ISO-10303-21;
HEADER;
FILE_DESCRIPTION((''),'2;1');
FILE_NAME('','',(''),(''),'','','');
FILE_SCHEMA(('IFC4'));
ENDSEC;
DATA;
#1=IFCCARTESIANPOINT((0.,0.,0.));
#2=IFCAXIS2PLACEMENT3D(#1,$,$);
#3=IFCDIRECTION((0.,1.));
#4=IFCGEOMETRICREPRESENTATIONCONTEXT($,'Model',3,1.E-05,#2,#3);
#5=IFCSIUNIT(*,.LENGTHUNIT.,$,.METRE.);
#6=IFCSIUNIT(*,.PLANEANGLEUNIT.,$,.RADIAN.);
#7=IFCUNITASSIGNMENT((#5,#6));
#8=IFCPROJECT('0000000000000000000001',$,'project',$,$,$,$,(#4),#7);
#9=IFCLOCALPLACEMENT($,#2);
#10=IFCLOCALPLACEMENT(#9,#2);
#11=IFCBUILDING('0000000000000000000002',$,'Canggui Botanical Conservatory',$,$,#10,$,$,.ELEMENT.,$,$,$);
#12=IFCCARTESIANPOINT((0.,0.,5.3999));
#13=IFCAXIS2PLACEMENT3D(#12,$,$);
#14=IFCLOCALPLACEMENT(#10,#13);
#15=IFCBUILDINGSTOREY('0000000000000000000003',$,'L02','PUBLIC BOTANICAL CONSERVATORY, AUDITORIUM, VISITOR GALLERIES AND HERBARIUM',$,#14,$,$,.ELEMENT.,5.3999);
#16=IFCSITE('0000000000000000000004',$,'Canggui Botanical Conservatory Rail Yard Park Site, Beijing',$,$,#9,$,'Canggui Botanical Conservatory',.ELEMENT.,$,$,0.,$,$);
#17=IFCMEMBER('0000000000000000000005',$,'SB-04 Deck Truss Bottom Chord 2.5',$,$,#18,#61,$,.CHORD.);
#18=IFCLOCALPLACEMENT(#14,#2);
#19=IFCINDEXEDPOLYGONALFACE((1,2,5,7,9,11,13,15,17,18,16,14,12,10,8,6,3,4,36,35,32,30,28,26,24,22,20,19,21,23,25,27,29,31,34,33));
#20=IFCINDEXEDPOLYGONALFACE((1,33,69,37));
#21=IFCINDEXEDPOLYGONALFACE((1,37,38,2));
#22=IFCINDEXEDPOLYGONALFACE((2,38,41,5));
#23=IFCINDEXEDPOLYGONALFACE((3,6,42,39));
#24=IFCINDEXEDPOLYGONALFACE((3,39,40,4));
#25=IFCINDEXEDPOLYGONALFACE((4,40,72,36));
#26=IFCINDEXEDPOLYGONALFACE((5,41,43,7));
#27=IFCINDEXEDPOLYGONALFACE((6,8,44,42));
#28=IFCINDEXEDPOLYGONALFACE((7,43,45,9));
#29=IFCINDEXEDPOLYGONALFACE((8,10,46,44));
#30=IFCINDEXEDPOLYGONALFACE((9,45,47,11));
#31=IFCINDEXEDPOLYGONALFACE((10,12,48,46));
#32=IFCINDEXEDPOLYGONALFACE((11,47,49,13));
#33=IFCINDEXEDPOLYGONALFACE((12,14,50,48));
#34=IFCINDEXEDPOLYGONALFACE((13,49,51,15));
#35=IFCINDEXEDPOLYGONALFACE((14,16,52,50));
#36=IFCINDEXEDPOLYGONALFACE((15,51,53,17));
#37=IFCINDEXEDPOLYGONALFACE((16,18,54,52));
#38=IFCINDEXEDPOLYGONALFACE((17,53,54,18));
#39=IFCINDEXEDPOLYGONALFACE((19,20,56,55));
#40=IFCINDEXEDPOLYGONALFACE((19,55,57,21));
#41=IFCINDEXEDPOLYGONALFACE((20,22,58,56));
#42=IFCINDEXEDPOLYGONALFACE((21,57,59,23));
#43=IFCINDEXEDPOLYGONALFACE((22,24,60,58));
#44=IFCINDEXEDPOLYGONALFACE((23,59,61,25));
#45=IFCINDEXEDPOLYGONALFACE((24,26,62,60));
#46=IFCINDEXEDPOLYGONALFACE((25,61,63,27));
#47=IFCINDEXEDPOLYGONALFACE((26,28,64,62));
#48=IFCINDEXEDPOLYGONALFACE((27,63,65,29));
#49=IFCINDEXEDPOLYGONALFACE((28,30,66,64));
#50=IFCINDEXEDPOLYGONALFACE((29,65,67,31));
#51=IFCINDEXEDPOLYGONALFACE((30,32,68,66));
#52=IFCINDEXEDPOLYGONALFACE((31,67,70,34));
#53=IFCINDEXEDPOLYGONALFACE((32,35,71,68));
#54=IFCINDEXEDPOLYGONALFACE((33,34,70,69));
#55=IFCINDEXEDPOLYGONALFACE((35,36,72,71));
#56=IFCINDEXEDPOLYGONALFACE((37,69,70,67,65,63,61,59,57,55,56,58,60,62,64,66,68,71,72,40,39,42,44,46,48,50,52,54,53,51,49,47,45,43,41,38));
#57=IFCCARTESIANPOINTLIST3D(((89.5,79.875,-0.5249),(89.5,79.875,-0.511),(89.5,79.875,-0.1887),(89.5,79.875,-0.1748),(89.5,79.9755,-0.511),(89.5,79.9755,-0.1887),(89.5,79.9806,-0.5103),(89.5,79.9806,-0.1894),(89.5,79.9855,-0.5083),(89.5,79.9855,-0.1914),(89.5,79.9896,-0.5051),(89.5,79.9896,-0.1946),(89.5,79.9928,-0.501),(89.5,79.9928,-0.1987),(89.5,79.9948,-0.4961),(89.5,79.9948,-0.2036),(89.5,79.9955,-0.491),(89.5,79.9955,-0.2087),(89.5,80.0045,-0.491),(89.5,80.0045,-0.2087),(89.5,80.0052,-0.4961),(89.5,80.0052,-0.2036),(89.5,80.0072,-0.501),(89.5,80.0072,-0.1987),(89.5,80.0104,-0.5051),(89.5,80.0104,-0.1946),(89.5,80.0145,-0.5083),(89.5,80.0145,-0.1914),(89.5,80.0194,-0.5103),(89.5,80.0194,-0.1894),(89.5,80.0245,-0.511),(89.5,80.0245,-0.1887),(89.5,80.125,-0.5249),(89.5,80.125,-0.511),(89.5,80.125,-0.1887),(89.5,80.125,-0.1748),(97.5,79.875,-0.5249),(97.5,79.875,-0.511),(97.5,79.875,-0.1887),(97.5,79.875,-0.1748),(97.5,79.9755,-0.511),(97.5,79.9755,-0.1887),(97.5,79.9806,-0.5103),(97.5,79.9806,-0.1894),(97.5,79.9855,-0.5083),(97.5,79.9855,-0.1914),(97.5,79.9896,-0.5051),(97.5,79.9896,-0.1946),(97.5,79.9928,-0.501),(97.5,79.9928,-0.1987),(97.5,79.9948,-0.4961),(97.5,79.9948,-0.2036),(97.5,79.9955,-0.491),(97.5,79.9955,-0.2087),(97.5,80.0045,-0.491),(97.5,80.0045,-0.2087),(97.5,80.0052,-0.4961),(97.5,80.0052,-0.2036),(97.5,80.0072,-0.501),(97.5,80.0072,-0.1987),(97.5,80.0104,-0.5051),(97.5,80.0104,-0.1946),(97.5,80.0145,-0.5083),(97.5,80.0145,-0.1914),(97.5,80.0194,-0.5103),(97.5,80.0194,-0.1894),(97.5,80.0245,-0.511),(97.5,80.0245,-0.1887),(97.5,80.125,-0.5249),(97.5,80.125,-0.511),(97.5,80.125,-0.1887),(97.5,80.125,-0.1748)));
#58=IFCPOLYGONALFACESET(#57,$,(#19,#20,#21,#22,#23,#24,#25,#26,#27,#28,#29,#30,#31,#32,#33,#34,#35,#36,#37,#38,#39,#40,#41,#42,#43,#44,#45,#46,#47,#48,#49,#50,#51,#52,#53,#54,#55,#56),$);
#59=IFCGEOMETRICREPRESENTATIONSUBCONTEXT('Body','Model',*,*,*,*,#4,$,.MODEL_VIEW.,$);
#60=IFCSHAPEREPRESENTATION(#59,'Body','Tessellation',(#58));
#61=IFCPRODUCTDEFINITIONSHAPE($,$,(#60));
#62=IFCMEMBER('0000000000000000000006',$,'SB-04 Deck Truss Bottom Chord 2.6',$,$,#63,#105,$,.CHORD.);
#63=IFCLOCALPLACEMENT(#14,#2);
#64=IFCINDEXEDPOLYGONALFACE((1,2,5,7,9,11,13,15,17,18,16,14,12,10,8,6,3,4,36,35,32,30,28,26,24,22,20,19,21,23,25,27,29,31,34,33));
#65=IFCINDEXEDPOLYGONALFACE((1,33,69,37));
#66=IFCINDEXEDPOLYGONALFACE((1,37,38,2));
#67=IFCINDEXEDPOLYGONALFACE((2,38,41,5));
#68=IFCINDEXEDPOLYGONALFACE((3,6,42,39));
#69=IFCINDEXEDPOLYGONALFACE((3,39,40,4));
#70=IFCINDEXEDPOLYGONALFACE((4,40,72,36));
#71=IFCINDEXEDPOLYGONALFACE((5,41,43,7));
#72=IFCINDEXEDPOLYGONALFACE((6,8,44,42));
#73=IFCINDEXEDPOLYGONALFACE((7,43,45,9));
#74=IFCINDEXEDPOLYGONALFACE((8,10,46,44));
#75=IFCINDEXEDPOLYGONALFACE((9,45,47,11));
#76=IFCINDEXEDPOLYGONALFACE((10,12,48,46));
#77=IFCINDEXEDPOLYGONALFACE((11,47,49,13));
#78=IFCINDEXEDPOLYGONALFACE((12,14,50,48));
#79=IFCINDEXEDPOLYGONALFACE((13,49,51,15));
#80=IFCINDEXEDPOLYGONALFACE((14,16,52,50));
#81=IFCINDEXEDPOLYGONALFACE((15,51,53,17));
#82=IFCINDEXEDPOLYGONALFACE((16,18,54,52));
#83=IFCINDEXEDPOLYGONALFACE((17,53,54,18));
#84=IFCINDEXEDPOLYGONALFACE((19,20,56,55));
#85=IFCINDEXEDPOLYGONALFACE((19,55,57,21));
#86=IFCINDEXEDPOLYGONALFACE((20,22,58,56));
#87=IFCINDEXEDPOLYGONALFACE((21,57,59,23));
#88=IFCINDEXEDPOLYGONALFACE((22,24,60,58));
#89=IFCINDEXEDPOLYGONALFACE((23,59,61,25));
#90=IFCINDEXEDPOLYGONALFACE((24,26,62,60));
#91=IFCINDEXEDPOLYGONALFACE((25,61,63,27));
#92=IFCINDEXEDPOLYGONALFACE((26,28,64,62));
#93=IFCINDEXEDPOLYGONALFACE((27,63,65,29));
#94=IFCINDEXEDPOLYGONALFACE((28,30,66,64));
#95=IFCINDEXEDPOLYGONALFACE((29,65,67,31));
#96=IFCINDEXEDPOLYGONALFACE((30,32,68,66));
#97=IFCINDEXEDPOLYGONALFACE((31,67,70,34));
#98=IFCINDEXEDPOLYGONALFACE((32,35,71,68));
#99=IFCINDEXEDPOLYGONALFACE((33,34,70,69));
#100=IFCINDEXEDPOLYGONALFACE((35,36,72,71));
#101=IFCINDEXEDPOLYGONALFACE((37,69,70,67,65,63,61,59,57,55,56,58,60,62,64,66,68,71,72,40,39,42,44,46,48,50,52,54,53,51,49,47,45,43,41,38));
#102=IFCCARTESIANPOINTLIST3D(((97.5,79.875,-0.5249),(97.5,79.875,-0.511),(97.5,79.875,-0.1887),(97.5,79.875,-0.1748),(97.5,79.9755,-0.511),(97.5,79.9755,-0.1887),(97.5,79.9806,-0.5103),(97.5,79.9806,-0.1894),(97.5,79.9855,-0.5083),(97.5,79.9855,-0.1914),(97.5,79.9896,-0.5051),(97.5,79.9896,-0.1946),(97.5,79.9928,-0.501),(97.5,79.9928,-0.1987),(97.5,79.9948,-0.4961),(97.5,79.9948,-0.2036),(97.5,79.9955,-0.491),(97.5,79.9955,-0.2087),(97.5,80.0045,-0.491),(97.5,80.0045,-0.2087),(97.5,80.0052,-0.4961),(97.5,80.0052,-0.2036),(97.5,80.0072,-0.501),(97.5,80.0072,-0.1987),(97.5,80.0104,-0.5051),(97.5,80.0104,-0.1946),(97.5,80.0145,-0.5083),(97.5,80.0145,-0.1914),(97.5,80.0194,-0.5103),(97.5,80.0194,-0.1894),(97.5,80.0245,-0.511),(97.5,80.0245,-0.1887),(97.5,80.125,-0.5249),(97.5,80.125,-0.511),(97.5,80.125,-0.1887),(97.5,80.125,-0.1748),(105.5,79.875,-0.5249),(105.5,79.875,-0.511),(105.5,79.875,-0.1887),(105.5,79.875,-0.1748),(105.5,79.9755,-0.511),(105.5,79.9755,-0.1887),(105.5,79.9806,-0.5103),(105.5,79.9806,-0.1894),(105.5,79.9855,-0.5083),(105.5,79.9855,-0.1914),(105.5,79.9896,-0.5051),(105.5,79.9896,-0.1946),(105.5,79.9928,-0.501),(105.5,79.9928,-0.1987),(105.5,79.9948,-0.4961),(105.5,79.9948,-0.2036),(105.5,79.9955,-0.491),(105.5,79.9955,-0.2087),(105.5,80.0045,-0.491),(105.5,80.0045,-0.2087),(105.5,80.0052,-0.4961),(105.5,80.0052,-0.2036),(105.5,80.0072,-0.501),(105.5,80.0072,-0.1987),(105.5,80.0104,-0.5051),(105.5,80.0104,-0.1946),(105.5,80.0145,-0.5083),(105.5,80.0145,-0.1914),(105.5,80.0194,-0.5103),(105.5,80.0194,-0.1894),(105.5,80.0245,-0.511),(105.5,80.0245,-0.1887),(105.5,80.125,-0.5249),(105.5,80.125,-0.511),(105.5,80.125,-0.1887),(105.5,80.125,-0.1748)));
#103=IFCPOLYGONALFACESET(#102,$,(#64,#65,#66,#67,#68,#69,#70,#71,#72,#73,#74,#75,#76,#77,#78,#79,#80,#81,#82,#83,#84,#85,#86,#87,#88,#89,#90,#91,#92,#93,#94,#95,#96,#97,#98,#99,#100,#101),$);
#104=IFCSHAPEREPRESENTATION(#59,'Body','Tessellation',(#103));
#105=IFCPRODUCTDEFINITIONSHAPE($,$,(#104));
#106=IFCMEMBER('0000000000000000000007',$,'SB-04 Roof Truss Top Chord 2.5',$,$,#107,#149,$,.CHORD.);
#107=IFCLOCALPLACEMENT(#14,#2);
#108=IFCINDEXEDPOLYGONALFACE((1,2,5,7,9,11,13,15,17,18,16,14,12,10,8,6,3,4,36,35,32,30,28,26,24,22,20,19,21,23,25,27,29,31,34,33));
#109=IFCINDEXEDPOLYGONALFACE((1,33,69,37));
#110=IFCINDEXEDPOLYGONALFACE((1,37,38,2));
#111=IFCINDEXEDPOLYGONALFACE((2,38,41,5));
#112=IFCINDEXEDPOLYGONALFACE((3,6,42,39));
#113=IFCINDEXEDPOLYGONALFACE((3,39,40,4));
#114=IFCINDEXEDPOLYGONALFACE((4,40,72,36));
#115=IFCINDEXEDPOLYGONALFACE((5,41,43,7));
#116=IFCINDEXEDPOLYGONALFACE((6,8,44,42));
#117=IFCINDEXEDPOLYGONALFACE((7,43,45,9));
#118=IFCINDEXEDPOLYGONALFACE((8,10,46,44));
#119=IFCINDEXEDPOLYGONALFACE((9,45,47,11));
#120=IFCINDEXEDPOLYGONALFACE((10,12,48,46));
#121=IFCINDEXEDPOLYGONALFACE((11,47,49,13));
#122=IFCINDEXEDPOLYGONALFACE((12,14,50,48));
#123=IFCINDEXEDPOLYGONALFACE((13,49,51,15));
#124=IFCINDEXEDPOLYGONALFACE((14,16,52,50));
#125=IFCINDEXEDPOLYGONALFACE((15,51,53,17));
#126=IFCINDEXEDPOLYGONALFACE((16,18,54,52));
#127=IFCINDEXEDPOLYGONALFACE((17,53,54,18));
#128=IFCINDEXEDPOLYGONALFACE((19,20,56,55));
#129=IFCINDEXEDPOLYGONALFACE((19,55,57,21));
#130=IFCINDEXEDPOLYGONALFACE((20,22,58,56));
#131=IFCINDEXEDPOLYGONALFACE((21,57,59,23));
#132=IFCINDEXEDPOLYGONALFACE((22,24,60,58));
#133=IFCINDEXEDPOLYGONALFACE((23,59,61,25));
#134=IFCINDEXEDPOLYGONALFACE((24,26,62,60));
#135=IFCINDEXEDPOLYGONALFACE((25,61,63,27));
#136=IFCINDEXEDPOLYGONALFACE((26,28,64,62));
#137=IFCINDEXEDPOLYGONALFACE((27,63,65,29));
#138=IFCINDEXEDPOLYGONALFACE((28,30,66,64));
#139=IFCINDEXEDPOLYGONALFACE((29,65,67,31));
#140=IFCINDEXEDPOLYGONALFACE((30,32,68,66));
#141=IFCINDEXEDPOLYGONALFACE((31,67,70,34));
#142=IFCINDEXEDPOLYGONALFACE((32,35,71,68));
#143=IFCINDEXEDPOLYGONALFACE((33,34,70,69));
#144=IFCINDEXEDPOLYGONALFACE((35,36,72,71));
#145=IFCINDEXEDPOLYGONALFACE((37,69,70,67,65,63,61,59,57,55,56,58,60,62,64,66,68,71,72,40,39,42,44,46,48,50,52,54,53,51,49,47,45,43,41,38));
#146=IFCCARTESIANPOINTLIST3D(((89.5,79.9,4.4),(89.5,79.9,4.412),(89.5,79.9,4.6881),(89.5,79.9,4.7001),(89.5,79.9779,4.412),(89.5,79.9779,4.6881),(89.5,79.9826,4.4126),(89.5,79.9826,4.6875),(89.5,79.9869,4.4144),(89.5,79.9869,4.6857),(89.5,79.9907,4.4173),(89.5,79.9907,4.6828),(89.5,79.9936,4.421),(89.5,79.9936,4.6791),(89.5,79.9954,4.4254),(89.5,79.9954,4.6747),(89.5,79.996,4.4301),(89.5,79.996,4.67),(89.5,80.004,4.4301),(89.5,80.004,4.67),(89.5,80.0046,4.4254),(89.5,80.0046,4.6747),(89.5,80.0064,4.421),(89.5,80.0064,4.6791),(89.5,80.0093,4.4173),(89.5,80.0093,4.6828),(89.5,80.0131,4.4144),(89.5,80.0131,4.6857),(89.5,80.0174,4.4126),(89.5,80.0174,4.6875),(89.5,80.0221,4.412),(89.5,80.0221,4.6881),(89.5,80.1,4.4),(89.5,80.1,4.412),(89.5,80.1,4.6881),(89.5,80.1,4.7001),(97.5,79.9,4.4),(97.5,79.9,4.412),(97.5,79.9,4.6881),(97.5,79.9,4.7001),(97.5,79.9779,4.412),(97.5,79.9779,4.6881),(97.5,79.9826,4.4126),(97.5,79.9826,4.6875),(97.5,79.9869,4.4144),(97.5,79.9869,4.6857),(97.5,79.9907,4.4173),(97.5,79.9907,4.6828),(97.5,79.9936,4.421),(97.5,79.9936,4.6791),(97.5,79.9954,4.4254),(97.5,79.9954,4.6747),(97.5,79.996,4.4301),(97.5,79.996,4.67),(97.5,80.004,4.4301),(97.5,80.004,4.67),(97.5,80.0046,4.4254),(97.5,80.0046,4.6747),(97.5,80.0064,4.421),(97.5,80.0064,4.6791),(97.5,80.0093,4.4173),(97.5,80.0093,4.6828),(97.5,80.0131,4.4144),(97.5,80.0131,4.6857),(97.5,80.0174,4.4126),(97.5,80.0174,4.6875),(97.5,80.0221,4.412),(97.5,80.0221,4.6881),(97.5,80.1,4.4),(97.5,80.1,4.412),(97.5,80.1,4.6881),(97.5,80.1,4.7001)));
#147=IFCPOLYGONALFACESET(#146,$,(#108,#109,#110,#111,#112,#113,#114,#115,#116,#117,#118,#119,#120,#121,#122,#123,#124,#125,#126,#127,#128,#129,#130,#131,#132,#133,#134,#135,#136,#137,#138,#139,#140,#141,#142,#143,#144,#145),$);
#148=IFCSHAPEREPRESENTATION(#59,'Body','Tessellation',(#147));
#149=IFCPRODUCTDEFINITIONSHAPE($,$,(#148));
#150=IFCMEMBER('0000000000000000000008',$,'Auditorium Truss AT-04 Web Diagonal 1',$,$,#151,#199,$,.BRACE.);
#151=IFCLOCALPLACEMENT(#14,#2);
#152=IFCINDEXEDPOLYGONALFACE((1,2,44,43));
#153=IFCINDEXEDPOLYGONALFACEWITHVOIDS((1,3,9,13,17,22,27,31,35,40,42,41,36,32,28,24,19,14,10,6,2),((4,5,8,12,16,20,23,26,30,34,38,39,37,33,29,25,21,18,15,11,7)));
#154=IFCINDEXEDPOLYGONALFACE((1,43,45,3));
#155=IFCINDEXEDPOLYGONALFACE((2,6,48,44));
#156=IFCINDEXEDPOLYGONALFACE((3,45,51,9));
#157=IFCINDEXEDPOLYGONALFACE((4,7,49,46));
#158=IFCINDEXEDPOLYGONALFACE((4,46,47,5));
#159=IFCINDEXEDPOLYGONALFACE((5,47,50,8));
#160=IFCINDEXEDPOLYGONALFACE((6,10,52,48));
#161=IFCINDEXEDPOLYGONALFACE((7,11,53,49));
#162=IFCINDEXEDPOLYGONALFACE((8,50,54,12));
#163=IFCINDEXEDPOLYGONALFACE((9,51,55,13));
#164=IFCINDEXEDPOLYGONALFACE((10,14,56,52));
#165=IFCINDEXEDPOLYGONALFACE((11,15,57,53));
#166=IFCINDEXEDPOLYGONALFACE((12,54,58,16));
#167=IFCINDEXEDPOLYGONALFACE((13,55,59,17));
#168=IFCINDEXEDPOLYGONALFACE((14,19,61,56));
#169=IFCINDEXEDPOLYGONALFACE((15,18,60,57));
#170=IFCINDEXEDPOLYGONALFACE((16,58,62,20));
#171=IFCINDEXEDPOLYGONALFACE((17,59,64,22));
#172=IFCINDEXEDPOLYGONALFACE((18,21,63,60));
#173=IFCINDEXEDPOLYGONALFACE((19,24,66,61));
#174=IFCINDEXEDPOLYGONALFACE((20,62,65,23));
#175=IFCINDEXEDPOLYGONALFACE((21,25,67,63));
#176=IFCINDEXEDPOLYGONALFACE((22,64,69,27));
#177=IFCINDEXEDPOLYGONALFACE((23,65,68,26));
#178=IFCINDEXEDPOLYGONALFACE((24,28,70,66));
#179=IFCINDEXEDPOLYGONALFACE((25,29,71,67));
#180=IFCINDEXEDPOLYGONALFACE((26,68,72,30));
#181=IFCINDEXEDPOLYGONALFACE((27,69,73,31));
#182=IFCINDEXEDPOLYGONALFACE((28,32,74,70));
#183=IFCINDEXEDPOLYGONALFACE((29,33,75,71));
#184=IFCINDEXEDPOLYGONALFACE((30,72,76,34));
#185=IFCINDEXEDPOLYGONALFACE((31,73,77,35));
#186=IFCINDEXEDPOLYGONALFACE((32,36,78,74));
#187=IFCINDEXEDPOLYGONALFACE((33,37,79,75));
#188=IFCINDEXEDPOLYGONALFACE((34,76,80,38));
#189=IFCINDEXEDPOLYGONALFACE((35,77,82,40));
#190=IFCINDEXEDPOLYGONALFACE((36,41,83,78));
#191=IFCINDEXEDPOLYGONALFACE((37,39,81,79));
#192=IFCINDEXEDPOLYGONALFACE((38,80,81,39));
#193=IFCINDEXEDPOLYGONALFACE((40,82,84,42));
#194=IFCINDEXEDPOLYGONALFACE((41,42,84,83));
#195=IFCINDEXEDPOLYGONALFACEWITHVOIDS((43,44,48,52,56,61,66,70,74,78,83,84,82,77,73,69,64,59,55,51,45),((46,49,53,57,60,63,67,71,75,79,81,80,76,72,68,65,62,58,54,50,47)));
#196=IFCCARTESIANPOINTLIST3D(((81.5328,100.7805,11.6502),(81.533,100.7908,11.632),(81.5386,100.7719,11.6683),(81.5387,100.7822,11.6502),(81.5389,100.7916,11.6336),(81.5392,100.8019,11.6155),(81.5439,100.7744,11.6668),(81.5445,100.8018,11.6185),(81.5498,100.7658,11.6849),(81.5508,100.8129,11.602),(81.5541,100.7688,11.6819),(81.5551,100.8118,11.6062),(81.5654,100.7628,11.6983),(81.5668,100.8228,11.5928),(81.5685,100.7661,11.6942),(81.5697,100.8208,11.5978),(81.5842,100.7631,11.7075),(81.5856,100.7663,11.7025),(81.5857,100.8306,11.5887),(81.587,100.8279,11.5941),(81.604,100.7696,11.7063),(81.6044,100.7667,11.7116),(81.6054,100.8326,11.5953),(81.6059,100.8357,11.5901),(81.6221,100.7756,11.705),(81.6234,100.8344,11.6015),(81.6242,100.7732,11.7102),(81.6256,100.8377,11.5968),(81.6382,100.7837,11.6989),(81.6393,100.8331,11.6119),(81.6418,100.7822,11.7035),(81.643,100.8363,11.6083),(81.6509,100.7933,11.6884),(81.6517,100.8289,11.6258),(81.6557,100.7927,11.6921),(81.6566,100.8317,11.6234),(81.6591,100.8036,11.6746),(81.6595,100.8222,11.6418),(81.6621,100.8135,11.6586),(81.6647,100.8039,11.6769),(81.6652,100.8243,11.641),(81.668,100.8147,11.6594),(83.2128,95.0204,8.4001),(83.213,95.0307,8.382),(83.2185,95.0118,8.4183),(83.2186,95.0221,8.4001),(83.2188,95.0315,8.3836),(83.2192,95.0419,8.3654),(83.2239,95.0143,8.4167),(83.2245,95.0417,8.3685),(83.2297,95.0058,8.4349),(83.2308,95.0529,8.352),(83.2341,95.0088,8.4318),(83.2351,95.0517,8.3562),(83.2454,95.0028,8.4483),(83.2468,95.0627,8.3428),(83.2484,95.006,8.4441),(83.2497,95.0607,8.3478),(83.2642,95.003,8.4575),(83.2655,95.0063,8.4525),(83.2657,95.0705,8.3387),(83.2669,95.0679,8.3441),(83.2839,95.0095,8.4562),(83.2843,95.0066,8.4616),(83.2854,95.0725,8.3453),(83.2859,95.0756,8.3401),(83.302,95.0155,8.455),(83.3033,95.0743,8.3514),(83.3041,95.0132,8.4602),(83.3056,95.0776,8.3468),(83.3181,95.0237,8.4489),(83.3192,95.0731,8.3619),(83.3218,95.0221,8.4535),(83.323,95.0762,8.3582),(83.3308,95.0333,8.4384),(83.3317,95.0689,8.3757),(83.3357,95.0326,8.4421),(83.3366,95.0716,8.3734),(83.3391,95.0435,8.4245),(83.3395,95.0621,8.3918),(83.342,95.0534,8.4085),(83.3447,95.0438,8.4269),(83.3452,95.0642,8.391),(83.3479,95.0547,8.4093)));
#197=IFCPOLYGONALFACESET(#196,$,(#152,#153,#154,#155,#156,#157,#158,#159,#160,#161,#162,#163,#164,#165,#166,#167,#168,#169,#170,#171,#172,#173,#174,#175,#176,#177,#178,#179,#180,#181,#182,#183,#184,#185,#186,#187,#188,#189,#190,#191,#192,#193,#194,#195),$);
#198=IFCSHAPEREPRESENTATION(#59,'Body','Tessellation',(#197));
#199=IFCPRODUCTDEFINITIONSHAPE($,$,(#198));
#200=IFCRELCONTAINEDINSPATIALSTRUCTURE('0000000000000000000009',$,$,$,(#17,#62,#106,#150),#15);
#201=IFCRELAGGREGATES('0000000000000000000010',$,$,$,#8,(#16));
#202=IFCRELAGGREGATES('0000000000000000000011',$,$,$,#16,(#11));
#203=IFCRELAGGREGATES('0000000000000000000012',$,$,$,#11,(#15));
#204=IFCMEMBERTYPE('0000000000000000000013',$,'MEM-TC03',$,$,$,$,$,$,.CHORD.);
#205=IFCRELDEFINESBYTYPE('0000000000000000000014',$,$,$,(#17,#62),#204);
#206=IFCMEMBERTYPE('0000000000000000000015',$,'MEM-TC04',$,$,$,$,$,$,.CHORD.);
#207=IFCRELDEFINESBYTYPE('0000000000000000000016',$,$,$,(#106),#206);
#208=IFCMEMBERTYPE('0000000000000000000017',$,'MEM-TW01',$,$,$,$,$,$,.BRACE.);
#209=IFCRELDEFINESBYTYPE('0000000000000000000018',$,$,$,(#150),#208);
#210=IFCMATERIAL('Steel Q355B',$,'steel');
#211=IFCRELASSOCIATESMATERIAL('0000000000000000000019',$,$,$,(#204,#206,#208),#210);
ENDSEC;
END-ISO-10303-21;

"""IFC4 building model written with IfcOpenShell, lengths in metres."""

from ifc_helpers import new_model, si_unit, direction, frame, origin, origin_2d, place, context, subcontext, project, spatial, hollow_circle, i_section, extrude, material, material_profile, profile_set, type_object, element, save


model = new_model("IFC4")

# Units and contexts
model_context = context("Model", 3, precision=1e-05, world=origin(), true_north=direction((0.0, 1.0)))
body_context = subcontext(model_context, "Body", "Model", "MODEL_VIEW")
ifc_project = project(units=[si_unit("LENGTHUNIT", "METRE"), si_unit("PLANEANGLEUNIT", "RADIAN")], contexts=[model_context])

# Site, building, storey
site_placement = place(None, origin())
site = spatial("IfcSite", under=ifc_project, at=site_placement, Name="Canggui Botanical Conservatory Rail Yard Park Site, Beijing", LongName="Canggui Botanical Conservatory", CompositionType="ELEMENT", RefElevation=0.0)
building_placement = place(site_placement, origin())
building = spatial("IfcBuilding", under=site, at=building_placement, Name="Canggui Botanical Conservatory", CompositionType="ELEMENT")
storey_placement = place(building_placement, frame((0.0, 0.0, 5.3999)))
storey = spatial("IfcBuildingStorey", under=building, at=storey_placement, Name="L02", Description="PUBLIC BOTANICAL CONSERVATORY, AUDITORIUM, VISITOR GALLERIES AND HERBARIUM", CompositionType="ELEMENT", Elevation=5.3999)

# Shared definitions
ifc_material_1 = material(Name="Steel Q355B", Category="steel")

# Members
ifc_material_profile_1 = material_profile(ifc_material_1, i_section(OverallWidth=0.25, OverallDepth=0.3501, WebThickness=0.009, FlangeThickness=0.0139, FilletRadius=0.02, at=origin_2d()), Name="HM 350x250x9x14")
ifc_profile_set_1 = profile_set([ifc_material_profile_1], Name="Steel Q355B")
member_type_1 = type_object("IfcMemberType", Name="MEM-TC03", PredefinedType="CHORD", material=ifc_profile_set_1)
for number, where, z_axis, x_axis, name in (
    (1, (89.5, 80.0, -0.3499), (1.0, 0.0, 0.0), (0.0, 1.0, 0.0), "SB-04 Deck Truss Bottom Chord 2.5"),
    (2, (97.5, 80.0, -0.3499), (1.0, 0.0, 0.0), (0.0, 1.0, 0.0), "SB-04 Deck Truss Bottom Chord 2.6"),
):
    element("IfcMember", number, at=place(storey_placement, frame(where, z_axis=z_axis, x_axis=x_axis)), inside=storey, type_object=member_type_1, Name=name, PredefinedType="CHORD", context=body_context, shape_type="SweptSolid", body=[
        extrude(i_section(OverallWidth=0.25, OverallDepth=0.3501, WebThickness=0.009, FlangeThickness=0.0139, FilletRadius=0.02, at=origin_2d()), origin(), (0.0, 0.0, 1.0), 8.0),
    ])
ifc_material_profile_2 = material_profile(ifc_material_1, i_section(OverallWidth=0.2, OverallDepth=0.3, WebThickness=0.0081, FlangeThickness=0.012, FilletRadius=0.0181, at=origin_2d()), Name="HM 300x200x8x12")
ifc_profile_set_2 = profile_set([ifc_material_profile_2], Name="Steel Q355B")
member_type_2 = type_object("IfcMemberType", Name="MEM-TC04", PredefinedType="CHORD", material=ifc_profile_set_2)
member_placement = place(storey_placement, frame((89.5, 80.0, 4.55), z_axis=(1.0, 0.0, 0.0), x_axis=(0.0, 1.0, 0.0)))
element("IfcMember", 3, at=member_placement, inside=storey, type_object=member_type_2, Name="SB-04 Roof Truss Top Chord 2.5", PredefinedType="CHORD", context=body_context, shape_type="SweptSolid", body=[
    extrude(i_section(OverallWidth=0.2, OverallDepth=0.3, WebThickness=0.0081, FlangeThickness=0.012, FilletRadius=0.0181, at=origin_2d()), origin(), (0.0, 0.0, 1.0), 8.0),
])
ifc_material_profile_3 = material_profile(ifc_material_1, hollow_circle(Radius=0.0701, WallThickness=0.0061, at=origin_2d()), Name="CHS 140x6")
ifc_profile_set_3 = profile_set([ifc_material_profile_3], Name="Steel Q355B")
member_type_3 = type_object("IfcMemberType", Name="MEM-TW01", PredefinedType="BRACE", material=ifc_profile_set_3)
for number, where, z_axis, x_axis, name in (
    (4, (83.28, 95.04, 8.4001), (-0.246192, 0.844123, 0.476284), (-0.960003, -0.279989, 0.0), "Auditorium Truss AT-04 Web Diagonal 1"),
):
    element("IfcMember", number, at=place(storey_placement, frame(where, z_axis=z_axis, x_axis=x_axis)), inside=storey, type_object=member_type_3, Name=name, PredefinedType="BRACE", context=body_context, shape_type="SweptSolid", body=[
        extrude(hollow_circle(Radius=0.0701, WallThickness=0.0061, at=origin_2d()), origin(), (0.0, 0.0, 1.0), 6.8237),
    ])

save(model, "model.ifc")
